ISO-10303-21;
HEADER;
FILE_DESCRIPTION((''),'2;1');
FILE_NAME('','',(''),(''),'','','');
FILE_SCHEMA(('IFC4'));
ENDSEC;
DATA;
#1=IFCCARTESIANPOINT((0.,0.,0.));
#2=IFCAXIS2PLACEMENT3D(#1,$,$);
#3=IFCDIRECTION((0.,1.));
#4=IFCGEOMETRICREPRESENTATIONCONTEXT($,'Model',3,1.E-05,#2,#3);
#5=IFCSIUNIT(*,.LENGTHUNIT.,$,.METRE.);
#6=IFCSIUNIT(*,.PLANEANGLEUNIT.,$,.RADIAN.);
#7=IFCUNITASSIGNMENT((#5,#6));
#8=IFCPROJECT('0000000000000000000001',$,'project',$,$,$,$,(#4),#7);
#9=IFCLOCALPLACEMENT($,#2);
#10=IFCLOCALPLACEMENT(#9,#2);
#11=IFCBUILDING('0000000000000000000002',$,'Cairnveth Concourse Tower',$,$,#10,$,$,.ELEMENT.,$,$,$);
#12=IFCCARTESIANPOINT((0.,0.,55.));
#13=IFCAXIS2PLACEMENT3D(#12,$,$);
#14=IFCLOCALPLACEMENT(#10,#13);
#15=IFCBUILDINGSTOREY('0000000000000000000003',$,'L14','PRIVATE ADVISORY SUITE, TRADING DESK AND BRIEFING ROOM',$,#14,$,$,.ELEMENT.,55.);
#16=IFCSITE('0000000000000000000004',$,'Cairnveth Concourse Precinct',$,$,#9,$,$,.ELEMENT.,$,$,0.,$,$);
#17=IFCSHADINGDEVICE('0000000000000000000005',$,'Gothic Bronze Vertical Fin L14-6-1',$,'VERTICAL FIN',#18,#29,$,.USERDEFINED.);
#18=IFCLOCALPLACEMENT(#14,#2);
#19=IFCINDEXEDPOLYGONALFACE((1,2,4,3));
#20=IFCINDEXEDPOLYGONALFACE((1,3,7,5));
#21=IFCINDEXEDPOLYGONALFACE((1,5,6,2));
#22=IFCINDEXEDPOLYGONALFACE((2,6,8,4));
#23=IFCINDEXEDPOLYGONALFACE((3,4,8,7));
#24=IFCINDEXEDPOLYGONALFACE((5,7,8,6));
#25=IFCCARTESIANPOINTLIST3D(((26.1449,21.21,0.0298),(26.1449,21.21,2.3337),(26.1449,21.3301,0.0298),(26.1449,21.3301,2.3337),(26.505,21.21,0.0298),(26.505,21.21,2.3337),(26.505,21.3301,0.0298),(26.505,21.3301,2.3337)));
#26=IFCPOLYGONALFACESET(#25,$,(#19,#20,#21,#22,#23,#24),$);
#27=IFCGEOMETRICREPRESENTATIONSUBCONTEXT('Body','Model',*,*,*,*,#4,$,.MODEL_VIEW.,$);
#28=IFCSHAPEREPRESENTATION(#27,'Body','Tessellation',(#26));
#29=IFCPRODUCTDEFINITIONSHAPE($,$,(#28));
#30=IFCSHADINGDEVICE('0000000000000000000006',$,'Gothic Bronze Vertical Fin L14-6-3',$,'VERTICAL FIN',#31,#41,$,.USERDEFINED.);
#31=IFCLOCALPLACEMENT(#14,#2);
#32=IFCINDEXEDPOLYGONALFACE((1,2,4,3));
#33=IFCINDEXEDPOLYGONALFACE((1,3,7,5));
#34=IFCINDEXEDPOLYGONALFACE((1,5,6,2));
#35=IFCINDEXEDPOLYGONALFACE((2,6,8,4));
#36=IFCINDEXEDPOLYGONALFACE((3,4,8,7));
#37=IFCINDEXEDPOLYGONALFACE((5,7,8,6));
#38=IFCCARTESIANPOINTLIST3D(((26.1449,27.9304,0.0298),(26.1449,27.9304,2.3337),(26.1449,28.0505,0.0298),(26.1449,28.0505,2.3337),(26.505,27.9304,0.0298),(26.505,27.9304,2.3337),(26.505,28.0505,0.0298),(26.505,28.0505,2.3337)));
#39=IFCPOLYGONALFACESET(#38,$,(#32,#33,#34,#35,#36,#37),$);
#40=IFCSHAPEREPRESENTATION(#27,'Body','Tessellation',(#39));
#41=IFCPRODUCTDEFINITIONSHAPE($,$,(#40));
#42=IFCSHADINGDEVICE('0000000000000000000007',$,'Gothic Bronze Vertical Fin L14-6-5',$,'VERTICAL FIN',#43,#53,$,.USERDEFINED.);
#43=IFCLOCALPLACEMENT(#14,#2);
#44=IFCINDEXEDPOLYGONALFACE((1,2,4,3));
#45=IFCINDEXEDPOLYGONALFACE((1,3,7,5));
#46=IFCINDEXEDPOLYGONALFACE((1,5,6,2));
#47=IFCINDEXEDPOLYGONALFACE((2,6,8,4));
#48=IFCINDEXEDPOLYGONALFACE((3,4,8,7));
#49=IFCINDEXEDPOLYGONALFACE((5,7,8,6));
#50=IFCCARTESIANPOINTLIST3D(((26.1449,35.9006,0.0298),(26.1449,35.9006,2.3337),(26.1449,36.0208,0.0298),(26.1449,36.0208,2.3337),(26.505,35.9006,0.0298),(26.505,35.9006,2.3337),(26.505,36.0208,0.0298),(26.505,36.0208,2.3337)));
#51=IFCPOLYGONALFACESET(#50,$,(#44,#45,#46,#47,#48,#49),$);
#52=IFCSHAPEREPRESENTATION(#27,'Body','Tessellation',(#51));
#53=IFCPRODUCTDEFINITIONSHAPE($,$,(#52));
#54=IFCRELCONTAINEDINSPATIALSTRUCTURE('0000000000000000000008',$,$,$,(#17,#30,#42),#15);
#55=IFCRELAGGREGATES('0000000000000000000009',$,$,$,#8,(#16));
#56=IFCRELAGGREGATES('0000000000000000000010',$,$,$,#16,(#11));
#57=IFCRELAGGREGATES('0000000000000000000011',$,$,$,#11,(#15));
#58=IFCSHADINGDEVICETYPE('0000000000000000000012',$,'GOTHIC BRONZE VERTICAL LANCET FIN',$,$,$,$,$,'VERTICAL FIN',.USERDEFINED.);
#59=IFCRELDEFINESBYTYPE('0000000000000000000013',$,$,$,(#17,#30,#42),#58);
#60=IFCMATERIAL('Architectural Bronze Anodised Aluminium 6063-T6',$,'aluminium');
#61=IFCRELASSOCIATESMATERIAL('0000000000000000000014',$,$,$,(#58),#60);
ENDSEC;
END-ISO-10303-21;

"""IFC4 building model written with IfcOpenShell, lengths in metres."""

from ifc_helpers import new_model, si_unit, direction, frame, origin, origin_2d, place, context, subcontext, project, spatial, rectangle, extrude, material, type_object, element, save


model = new_model("IFC4")

# Units and contexts
model_context = context("Model", 3, precision=1e-05, world=origin(), true_north=direction((0.0, 1.0)))
body_context = subcontext(model_context, "Body", "Model", "MODEL_VIEW")
ifc_project = project(units=[si_unit("LENGTHUNIT", "METRE"), si_unit("PLANEANGLEUNIT", "RADIAN")], contexts=[model_context])

# Site, building, storey
site_placement = place(None, origin())
site = spatial("IfcSite", under=ifc_project, at=site_placement, Name="Cairnveth Concourse Precinct", CompositionType="ELEMENT", RefElevation=0.0)
building_placement = place(site_placement, origin())
building = spatial("IfcBuilding", under=site, at=building_placement, Name="Cairnveth Concourse Tower", CompositionType="ELEMENT")
storey_placement = place(building_placement, frame((0.0, 0.0, 55.0)))
storey = spatial("IfcBuildingStorey", under=building, at=storey_placement, Name="L14", Description="PRIVATE ADVISORY SUITE, TRADING DESK AND BRIEFING ROOM", CompositionType="ELEMENT", Elevation=55.0)

# Shading devices
ifc_material_1 = material(Name="Architectural Bronze Anodised Aluminium 6063-T6", Category="aluminium")
shading_device_type = type_object("IfcShadingDeviceType", Name="GOTHIC BRONZE VERTICAL LANCET FIN", ElementType="VERTICAL FIN", PredefinedType="USERDEFINED", material=ifc_material_1)
for number, where, z_axis, x_axis, name in (
    (1, (26.325, 21.27, 0.0298), (0.0, 0.0, 1.0), (0.0, 1.0, 0.0), "Gothic Bronze Vertical Fin L14-6-1"),
    (2, (26.325, 27.9905, 0.0298), (0.0, 0.0, 1.0), (0.0, 1.0, 0.0), "Gothic Bronze Vertical Fin L14-6-3"),
    (3, (26.325, 35.9607, 0.0298), (0.0, 0.0, 1.0), (0.0, 1.0, 0.0), "Gothic Bronze Vertical Fin L14-6-5"),
):
    element("IfcShadingDevice", number, at=place(storey_placement, frame(where, z_axis=z_axis, x_axis=x_axis)), inside=storey, type_object=shading_device_type, Name=name, ObjectType="VERTICAL FIN", PredefinedType="USERDEFINED", context=body_context, shape_type="SweptSolid", body=[
        extrude(rectangle(XDim=0.1201, YDim=0.3601, at=origin_2d()), origin(), (0.0, 0.0, 1.0), 2.304),
    ])

save(model, "model.ifc")
